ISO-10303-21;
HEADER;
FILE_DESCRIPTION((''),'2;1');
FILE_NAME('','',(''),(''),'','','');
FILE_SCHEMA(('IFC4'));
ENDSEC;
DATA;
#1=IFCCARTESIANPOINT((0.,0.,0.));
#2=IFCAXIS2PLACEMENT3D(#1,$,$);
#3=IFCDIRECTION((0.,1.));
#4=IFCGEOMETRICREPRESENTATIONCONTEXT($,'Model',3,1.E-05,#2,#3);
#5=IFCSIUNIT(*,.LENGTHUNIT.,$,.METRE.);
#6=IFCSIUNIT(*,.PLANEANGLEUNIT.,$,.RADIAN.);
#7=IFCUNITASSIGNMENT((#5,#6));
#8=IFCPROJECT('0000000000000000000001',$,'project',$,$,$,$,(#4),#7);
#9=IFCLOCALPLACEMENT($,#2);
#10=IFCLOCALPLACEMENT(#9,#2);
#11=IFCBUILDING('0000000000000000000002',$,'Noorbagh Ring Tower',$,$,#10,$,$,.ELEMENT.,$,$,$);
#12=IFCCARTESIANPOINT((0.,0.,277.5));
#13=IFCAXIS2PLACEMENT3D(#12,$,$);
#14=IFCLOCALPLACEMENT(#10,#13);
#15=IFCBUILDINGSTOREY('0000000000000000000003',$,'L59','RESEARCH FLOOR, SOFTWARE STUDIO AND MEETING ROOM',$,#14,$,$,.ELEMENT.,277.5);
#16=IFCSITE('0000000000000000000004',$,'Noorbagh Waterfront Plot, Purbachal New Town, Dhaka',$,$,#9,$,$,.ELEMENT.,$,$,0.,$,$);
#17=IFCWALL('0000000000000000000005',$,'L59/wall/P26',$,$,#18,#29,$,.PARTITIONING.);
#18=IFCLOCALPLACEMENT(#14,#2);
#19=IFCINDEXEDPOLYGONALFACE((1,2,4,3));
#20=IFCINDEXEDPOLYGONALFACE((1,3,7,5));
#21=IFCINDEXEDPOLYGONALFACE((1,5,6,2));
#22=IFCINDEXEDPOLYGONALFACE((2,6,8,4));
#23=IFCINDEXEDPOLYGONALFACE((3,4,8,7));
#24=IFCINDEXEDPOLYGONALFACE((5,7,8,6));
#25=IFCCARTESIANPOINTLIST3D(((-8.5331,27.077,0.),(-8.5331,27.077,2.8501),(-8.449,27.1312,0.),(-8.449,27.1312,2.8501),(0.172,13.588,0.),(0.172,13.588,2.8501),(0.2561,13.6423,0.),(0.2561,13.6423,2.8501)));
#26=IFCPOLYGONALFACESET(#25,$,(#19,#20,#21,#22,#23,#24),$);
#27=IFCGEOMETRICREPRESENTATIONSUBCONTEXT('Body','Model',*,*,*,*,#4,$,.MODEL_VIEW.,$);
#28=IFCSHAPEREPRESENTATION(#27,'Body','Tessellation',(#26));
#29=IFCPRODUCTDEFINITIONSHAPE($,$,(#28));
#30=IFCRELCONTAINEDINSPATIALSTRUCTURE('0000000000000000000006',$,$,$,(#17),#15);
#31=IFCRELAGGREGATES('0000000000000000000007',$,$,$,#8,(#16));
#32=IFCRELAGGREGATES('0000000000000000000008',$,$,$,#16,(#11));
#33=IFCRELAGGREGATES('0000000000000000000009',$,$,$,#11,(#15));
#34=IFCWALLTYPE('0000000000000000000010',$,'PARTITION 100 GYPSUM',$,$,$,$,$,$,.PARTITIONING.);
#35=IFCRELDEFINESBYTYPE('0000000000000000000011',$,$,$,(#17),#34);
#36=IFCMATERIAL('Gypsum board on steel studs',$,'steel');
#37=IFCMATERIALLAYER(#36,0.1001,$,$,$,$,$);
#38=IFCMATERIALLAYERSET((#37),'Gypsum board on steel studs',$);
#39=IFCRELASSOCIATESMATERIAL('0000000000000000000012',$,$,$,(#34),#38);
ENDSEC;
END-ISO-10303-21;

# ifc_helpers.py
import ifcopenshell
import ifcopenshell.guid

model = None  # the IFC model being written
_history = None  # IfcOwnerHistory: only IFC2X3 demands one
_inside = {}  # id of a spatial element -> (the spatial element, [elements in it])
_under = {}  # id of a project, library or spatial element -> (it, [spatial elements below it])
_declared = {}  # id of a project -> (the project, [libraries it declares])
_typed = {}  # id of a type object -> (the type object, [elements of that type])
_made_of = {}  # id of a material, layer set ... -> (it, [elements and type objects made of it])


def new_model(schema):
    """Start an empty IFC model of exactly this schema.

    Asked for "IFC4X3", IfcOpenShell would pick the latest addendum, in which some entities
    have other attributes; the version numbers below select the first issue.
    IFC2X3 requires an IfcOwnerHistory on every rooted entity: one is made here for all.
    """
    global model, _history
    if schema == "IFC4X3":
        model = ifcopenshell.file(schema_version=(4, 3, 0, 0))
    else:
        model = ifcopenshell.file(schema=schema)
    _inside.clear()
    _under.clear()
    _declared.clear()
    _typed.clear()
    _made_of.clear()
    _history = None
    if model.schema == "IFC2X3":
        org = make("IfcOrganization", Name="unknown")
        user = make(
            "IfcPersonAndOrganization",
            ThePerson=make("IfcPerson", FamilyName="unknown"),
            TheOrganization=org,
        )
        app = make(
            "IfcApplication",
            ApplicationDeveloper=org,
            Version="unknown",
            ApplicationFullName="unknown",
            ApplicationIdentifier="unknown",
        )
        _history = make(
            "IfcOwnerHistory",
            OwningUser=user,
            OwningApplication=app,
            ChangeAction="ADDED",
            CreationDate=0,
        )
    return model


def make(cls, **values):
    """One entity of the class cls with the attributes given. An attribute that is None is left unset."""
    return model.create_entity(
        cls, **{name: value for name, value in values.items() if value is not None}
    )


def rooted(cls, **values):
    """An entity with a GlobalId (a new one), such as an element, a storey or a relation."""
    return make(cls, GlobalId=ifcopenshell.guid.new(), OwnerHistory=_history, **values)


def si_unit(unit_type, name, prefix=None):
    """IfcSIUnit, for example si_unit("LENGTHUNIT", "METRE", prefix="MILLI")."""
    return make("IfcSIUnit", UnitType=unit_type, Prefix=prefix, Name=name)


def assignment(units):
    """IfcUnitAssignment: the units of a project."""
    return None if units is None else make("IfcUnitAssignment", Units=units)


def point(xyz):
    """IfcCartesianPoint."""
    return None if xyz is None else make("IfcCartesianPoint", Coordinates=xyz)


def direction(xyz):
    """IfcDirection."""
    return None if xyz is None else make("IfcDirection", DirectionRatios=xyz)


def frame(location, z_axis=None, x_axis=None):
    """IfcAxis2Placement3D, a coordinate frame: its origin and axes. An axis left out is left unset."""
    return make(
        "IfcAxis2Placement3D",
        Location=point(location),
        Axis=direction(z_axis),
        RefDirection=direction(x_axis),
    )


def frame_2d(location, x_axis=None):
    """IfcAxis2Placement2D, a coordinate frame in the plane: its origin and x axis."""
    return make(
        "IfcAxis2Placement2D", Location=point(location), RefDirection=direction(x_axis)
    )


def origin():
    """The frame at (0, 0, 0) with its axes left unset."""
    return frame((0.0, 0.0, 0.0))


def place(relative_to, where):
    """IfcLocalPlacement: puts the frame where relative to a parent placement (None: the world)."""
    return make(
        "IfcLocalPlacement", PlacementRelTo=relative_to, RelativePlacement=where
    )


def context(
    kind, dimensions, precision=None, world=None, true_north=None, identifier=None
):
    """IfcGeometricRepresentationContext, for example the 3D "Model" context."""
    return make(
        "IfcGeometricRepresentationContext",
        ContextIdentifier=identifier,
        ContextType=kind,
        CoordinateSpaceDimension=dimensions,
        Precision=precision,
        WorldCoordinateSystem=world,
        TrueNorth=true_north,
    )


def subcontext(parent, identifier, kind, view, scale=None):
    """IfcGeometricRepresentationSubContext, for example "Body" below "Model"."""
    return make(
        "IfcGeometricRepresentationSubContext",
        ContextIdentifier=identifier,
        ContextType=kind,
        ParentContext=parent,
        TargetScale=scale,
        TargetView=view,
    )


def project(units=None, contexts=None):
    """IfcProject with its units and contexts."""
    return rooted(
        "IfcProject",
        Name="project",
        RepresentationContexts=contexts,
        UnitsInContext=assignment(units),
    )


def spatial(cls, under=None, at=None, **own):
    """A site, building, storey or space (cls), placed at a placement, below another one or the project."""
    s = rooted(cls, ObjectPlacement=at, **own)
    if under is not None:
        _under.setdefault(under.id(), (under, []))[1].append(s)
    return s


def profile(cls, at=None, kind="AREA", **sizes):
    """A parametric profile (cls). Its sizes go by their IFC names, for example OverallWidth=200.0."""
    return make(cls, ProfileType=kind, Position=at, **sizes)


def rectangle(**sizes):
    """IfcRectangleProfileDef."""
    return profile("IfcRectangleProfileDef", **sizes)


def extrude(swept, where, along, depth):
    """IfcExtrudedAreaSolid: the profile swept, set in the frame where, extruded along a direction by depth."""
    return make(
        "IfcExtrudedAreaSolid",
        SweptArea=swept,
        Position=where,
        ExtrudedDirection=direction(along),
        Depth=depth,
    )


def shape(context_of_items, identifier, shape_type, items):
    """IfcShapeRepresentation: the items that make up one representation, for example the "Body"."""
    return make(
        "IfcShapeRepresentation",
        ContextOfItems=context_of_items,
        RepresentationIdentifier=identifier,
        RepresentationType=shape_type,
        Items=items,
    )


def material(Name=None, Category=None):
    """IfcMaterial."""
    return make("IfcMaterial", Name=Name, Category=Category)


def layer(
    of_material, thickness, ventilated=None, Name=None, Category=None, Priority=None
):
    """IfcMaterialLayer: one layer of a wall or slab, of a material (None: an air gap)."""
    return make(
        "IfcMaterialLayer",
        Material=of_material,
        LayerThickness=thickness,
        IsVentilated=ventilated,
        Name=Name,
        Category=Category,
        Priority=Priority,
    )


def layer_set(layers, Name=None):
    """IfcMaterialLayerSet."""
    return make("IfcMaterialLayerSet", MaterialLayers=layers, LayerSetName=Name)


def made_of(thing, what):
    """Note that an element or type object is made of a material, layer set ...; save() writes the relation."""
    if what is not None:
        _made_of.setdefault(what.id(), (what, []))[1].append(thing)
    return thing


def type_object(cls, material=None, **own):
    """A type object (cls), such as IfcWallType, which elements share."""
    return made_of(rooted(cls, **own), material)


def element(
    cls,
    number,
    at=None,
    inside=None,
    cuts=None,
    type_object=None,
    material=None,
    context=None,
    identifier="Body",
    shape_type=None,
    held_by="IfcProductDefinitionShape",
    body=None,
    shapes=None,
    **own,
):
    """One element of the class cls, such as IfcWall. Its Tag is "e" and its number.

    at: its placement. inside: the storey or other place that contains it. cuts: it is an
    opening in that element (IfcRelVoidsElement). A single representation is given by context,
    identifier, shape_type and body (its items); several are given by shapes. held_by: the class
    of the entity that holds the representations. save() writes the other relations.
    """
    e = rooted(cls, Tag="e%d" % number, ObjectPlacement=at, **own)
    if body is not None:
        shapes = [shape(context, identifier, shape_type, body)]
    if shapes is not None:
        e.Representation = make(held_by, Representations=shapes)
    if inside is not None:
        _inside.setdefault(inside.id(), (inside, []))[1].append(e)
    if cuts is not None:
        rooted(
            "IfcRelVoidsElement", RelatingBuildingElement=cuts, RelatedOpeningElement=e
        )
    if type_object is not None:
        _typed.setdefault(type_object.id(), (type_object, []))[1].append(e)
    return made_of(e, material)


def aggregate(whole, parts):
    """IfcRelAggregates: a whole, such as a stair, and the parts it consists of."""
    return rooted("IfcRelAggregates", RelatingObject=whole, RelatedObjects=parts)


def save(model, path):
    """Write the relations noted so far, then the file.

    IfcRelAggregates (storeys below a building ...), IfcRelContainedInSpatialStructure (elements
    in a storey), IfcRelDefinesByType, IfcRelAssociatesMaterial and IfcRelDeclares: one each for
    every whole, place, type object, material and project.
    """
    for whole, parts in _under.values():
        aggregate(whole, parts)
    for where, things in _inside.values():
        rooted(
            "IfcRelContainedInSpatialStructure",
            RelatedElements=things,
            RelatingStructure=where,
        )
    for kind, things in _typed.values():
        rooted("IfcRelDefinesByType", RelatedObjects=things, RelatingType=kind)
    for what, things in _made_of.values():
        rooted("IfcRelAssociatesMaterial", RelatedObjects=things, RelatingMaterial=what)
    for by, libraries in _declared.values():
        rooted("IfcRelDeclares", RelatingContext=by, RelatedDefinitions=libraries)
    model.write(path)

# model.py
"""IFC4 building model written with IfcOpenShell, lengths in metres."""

from ifc_helpers import new_model, si_unit, direction, frame, frame_2d, origin, place, context, subcontext, project, spatial, rectangle, extrude, material, layer, layer_set, type_object, element, save


model = new_model("IFC4")

# Units and contexts
model_context = context("Model", 3, precision=1e-05, world=origin(), true_north=direction((0.0, 1.0)))
body_context = subcontext(model_context, "Body", "Model", "MODEL_VIEW")
ifc_project = project(units=[si_unit("LENGTHUNIT", "METRE"), si_unit("PLANEANGLEUNIT", "RADIAN")], contexts=[model_context])

# Site, building, storey
site_placement = place(None, origin())
site = spatial("IfcSite", under=ifc_project, at=site_placement, Name="Noorbagh Waterfront Plot, Purbachal New Town, Dhaka", CompositionType="ELEMENT", RefElevation=0.0)
building_placement = place(site_placement, origin())
building = spatial("IfcBuilding", under=site, at=building_placement, Name="Noorbagh Ring Tower", CompositionType="ELEMENT")
storey_placement = place(building_placement, frame((0.0, 0.0, 277.5)))
storey = spatial("IfcBuildingStorey", under=building, at=storey_placement, Name="L59", Description="RESEARCH FLOOR, SOFTWARE STUDIO AND MEETING ROOM", CompositionType="ELEMENT", Elevation=277.5)

# Wall
ifc_material_1 = material(Name="Gypsum board on steel studs", Category="steel")
ifc_layer_1 = layer(ifc_material_1, 0.1001)
ifc_layer_set_1 = layer_set([ifc_layer_1], Name="Gypsum board on steel studs")
wall_type_1 = type_object("IfcWallType", Name="PARTITION 100 GYPSUM", PredefinedType="PARTITIONING", material=ifc_layer_set_1)
wall_1_placement = place(storey_placement, frame((-8.491, 27.104, 0.0), z_axis=(0.0, 0.0, 1.0), x_axis=(0.542236, -0.840226, 0.0)))
element("IfcWall", 1, at=wall_1_placement, inside=storey, type_object=wall_type_1, Name="L59/wall/P26", PredefinedType="PARTITIONING", context=body_context, shape_type="SweptSolid", body=[
    extrude(rectangle(XDim=16.054, YDim=0.1001, at=frame_2d((8.0269, 0.0))), origin(), (0.0, 0.0, 1.0), 2.8501),
])

save(model, "model.ifc")
